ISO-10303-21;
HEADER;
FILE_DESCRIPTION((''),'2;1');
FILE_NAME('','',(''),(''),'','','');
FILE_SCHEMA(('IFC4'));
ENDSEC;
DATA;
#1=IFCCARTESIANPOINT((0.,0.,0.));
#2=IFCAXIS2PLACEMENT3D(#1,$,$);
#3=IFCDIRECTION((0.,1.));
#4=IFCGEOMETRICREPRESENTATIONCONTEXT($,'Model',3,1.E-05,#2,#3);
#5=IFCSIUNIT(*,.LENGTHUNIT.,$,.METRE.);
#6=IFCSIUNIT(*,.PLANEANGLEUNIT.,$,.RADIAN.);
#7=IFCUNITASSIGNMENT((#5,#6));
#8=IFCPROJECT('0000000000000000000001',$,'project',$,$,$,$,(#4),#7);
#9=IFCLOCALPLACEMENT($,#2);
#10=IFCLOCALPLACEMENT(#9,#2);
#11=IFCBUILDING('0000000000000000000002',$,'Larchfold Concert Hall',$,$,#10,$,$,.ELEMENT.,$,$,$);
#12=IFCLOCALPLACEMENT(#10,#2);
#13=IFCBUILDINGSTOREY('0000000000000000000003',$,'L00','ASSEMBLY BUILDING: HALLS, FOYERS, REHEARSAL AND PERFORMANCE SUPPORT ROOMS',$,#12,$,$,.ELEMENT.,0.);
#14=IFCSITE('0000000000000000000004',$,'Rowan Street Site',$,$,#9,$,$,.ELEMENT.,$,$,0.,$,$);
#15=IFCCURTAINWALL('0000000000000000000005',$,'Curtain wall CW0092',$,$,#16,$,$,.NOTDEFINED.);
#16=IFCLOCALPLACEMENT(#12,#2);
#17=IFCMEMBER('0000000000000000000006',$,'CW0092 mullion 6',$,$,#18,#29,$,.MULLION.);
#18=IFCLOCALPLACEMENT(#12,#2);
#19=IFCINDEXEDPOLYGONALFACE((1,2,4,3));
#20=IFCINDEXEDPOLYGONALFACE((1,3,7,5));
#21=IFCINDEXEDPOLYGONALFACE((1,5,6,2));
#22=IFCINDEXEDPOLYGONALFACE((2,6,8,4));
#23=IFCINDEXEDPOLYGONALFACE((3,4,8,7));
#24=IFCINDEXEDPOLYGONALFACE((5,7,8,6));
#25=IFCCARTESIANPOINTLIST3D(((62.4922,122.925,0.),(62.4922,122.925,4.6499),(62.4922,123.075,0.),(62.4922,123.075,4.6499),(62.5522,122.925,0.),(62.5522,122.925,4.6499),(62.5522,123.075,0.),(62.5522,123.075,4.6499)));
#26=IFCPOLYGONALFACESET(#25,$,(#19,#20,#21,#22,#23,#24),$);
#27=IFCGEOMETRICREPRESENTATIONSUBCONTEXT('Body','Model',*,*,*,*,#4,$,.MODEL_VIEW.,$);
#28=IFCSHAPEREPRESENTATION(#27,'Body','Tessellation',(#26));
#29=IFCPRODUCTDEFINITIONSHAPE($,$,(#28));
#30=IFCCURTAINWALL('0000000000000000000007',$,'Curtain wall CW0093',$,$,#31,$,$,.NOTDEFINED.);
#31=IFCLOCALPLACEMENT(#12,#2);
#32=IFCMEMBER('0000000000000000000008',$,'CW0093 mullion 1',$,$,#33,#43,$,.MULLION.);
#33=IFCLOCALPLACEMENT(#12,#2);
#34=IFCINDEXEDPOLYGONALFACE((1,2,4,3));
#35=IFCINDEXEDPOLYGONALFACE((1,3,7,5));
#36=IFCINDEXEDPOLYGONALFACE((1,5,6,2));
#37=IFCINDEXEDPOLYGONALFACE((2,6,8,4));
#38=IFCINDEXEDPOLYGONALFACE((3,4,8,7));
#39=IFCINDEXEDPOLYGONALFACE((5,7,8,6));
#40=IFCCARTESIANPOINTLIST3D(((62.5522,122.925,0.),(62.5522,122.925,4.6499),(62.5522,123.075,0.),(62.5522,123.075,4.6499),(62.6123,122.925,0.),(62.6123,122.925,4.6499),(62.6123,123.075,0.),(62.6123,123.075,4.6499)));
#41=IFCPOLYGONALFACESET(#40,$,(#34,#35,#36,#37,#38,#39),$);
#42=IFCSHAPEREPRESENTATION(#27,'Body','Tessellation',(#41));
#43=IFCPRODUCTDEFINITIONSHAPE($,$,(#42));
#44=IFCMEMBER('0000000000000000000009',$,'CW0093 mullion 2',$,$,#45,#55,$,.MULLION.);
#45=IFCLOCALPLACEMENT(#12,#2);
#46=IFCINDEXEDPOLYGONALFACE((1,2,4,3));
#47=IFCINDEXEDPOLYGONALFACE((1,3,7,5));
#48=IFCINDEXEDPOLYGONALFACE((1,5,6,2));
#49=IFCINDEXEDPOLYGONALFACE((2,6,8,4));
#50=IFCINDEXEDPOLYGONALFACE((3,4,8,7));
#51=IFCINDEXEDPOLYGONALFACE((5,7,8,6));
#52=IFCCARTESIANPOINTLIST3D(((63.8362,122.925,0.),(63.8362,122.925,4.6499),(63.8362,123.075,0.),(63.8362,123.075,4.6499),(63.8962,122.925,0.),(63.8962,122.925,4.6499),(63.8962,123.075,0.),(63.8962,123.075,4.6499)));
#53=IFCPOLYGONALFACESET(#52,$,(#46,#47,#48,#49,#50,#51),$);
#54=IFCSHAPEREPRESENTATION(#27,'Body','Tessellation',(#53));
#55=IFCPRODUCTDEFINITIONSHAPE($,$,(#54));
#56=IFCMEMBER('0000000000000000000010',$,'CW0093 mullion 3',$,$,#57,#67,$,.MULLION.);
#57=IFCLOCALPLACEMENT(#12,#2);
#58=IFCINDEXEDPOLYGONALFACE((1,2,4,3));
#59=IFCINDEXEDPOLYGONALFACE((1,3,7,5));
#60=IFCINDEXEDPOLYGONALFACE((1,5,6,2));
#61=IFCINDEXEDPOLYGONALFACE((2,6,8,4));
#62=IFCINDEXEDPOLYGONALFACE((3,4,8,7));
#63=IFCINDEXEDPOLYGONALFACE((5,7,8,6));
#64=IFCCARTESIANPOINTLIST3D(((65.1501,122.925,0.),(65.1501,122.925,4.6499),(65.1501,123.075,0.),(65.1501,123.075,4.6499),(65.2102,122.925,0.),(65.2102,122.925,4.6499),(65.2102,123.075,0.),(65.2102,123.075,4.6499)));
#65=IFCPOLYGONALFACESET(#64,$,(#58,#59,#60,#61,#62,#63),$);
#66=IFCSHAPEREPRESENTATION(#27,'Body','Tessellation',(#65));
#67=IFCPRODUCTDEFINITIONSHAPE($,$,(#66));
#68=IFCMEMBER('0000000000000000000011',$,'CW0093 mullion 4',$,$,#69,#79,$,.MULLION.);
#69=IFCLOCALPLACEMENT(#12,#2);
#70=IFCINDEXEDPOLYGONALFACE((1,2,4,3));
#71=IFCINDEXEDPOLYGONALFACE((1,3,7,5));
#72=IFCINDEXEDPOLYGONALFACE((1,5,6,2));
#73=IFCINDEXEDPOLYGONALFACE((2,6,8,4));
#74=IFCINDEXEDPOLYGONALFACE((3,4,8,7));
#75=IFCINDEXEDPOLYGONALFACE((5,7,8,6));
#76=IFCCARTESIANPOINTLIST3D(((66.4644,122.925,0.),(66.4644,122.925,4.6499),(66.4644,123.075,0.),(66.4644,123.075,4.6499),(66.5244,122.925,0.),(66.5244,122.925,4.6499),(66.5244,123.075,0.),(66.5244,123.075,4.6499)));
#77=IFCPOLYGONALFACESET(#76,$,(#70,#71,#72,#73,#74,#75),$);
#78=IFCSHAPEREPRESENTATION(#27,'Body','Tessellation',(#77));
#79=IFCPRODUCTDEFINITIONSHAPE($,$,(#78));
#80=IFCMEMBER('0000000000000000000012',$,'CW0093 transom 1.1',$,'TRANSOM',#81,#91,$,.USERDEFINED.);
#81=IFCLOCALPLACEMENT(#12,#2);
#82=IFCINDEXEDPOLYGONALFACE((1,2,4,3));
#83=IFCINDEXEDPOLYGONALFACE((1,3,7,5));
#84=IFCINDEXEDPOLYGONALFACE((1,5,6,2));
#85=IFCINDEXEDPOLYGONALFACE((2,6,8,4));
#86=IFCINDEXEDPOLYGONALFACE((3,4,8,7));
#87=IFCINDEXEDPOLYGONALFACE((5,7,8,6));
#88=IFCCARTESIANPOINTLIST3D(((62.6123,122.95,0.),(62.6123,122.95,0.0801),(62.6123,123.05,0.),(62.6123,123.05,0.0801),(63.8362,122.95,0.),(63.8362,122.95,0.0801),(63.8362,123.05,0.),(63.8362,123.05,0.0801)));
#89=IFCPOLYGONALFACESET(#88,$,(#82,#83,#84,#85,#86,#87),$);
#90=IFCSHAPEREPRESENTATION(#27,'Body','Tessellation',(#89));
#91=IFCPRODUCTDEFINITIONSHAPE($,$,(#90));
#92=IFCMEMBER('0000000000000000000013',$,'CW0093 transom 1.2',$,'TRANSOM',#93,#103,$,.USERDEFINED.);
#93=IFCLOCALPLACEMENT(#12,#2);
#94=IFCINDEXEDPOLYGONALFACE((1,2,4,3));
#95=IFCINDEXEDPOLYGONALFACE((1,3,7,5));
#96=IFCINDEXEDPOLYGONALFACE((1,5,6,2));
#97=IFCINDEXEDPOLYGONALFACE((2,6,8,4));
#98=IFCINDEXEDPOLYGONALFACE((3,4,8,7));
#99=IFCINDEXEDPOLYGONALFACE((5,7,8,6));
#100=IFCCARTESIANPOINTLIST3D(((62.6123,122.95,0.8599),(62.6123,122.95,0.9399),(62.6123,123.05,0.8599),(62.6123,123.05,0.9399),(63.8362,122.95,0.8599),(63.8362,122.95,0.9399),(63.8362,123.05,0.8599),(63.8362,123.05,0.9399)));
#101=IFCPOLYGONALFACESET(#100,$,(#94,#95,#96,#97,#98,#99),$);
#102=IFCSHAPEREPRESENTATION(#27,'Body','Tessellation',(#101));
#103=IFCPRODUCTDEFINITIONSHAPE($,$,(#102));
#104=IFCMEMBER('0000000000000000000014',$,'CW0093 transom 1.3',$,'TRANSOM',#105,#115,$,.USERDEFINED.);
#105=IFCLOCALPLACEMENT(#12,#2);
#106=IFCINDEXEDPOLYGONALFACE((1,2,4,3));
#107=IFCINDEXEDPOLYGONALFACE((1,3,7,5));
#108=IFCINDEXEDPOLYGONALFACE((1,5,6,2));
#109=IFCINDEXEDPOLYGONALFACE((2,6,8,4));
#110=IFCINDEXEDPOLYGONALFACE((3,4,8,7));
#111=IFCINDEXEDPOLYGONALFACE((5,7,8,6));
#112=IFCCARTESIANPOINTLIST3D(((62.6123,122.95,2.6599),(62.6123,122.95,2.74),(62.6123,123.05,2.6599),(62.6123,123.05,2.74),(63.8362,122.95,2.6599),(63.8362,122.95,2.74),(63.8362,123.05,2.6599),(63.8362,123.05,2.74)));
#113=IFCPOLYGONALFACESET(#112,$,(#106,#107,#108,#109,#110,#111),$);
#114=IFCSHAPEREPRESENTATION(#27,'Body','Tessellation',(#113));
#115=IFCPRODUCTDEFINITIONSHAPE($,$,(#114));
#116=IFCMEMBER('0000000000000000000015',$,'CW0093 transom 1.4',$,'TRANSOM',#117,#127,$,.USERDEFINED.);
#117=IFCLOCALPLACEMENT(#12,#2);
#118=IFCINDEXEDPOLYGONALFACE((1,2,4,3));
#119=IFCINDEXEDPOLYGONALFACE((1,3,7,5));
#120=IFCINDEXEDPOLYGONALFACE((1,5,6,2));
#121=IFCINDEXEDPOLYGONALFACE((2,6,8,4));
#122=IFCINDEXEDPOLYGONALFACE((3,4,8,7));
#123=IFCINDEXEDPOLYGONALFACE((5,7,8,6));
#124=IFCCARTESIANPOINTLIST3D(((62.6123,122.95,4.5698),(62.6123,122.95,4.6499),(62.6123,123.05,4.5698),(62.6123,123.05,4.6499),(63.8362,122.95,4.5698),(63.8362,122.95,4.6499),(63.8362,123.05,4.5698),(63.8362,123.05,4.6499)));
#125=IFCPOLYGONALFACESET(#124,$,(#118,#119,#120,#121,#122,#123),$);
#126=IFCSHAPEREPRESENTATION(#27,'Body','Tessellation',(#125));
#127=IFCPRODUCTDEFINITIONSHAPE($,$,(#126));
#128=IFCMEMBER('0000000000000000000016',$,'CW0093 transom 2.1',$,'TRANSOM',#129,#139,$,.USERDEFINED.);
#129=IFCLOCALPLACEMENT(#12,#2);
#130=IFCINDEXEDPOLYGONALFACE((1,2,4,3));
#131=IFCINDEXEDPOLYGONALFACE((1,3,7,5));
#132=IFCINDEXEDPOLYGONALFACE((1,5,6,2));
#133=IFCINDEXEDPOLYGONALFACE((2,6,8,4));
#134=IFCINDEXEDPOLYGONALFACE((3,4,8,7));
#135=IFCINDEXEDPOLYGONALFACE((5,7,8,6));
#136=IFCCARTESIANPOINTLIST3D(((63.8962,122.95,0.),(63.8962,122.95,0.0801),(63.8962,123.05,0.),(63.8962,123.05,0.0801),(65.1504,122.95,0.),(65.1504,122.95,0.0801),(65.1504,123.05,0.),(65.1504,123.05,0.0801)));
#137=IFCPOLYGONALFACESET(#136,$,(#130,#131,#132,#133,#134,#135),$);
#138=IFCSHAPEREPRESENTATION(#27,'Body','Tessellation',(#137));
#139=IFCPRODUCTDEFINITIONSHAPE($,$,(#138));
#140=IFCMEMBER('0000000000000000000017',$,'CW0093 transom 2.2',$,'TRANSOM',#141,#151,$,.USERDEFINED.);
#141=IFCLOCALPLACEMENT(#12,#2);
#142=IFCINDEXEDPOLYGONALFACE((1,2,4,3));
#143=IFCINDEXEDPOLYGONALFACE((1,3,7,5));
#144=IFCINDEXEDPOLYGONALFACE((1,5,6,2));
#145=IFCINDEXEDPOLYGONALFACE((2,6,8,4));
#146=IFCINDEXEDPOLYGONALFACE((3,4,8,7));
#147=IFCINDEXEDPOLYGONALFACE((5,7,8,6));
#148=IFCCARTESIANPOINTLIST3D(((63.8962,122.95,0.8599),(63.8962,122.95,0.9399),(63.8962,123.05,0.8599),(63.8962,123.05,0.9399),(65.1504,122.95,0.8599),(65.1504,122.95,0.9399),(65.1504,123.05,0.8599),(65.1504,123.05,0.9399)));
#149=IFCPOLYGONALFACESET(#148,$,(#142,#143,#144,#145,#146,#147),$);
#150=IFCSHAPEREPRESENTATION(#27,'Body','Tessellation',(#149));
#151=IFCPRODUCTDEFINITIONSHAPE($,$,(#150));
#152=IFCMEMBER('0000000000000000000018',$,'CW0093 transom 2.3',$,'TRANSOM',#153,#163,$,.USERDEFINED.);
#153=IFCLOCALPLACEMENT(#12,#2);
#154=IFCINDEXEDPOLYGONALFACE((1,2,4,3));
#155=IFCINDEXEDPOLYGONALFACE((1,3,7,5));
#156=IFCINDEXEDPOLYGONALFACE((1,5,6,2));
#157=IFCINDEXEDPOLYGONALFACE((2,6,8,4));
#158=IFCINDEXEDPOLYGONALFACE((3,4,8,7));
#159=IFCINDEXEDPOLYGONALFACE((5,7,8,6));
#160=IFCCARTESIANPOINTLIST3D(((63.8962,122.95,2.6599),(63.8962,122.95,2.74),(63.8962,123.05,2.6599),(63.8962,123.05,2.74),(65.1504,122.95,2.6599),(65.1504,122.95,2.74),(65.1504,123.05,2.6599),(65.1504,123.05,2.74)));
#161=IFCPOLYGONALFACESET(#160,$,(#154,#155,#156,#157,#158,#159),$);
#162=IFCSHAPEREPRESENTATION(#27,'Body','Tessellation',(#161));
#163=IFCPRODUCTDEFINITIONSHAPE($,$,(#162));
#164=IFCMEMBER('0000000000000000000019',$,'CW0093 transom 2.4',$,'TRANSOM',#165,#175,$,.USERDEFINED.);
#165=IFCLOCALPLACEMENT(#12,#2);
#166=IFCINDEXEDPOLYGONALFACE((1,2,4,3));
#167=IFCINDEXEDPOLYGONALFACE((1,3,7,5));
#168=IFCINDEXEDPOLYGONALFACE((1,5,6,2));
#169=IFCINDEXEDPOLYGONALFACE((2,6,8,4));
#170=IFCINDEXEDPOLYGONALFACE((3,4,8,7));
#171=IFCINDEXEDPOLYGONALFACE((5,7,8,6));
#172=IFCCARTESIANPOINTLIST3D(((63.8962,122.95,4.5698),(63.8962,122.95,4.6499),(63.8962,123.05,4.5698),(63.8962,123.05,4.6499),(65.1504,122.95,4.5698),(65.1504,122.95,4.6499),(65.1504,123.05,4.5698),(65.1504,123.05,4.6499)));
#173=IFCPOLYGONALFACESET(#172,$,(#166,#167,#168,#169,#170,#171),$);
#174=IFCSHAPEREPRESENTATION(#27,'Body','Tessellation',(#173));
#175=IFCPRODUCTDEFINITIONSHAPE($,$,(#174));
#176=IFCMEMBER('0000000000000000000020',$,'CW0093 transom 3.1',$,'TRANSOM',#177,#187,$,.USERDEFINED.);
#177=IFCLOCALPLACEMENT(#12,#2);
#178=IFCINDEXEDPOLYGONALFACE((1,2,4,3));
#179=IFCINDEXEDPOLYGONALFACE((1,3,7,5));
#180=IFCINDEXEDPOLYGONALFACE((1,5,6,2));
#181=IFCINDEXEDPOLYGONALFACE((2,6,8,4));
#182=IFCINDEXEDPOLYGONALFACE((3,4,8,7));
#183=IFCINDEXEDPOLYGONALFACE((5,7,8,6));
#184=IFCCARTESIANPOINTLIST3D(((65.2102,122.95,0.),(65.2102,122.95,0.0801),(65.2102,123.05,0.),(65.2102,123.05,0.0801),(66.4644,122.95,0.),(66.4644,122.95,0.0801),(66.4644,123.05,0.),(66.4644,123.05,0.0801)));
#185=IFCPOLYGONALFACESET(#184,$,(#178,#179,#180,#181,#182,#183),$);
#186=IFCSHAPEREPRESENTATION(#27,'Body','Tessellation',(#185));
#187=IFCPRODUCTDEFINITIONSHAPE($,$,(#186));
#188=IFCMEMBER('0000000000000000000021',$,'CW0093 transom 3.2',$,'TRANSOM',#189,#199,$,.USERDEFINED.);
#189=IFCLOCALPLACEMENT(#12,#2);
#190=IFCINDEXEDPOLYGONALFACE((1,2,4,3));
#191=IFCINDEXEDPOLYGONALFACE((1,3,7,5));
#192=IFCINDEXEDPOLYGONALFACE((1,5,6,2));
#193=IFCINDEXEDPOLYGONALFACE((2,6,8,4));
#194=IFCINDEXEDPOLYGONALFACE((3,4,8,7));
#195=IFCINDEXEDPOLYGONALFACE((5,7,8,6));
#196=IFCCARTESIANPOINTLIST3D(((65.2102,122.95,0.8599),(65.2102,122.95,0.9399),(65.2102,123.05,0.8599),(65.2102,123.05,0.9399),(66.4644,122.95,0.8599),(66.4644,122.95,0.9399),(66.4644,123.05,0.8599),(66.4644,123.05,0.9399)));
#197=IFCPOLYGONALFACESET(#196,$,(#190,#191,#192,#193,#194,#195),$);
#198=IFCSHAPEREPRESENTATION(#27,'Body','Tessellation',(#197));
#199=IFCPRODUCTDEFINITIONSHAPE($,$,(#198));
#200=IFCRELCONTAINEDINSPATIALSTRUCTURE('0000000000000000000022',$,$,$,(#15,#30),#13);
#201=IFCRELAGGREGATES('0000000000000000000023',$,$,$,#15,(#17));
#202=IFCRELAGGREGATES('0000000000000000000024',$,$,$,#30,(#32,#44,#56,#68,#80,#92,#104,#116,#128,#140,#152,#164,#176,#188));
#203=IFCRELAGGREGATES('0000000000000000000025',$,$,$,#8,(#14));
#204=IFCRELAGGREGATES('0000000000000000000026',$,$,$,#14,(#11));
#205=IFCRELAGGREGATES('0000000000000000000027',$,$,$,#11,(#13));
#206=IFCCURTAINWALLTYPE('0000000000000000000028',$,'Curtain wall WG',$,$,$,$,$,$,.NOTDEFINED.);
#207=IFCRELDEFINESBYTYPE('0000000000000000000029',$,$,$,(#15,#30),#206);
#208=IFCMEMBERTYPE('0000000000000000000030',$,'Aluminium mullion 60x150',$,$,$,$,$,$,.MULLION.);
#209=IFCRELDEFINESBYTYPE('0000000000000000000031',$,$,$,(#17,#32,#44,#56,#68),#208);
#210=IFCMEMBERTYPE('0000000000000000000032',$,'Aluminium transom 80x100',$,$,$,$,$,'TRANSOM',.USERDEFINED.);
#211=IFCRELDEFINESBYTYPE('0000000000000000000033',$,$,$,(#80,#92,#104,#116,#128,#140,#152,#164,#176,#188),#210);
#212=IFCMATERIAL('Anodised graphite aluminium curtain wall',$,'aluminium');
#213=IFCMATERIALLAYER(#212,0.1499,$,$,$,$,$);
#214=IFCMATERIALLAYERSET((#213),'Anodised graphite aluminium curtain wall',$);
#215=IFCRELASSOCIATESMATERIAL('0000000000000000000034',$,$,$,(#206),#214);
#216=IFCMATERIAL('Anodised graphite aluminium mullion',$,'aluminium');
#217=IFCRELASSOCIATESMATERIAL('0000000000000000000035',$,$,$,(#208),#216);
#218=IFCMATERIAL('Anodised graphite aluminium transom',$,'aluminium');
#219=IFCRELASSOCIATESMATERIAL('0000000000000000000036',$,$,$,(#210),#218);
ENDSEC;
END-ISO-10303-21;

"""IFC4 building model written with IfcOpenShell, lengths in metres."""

from ifc_helpers import new_model, si_unit, direction, frame, origin, origin_2d, place, context, subcontext, project, spatial, rectangle, extrude, material, layer, layer_set, material_profile, profile_set, type_object, element, aggregate, save


model = new_model("IFC4")

# Units and contexts
model_context = context("Model", 3, precision=1e-05, world=origin(), true_north=direction((0.0, 1.0)))
body_context = subcontext(model_context, "Body", "Model", "MODEL_VIEW")
ifc_project = project(units=[si_unit("LENGTHUNIT", "METRE"), si_unit("PLANEANGLEUNIT", "RADIAN")], contexts=[model_context])

# Site, building, storey
site_placement = place(None, origin())
site = spatial("IfcSite", under=ifc_project, at=site_placement, Name="Rowan Street Site", CompositionType="ELEMENT", RefElevation=0.0)
building_placement = place(site_placement, origin())
building = spatial("IfcBuilding", under=site, at=building_placement, Name="Larchfold Concert Hall", CompositionType="ELEMENT")
storey_placement = place(building_placement, origin())
storey = spatial("IfcBuildingStorey", under=building, at=storey_placement, Name="L00", Description="ASSEMBLY BUILDING: HALLS, FOYERS, REHEARSAL AND PERFORMANCE SUPPORT ROOMS", CompositionType="ELEMENT", Elevation=0.0)

# Curtain wall, member
ifc_material_1 = material(Name="Anodised graphite aluminium curtain wall", Category="aluminium")
ifc_layer_1 = layer(ifc_material_1, 0.1499)
ifc_layer_set_1 = layer_set([ifc_layer_1], Name="Anodised graphite aluminium curtain wall")
curtain_wall_type = type_object("IfcCurtainWallType", Name="Curtain wall WG", PredefinedType="NOTDEFINED", material=ifc_layer_set_1)
curtain_wall_1_placement = place(storey_placement, origin())
curtain_wall_1 = element("IfcCurtainWall", 1, at=curtain_wall_1_placement, inside=storey, type_object=curtain_wall_type, Name="Curtain wall CW0092", PredefinedType="NOTDEFINED")
ifc_material_2 = material(Name="Anodised graphite aluminium mullion", Category="aluminium")
ifc_material_profile_1 = material_profile(ifc_material_2, rectangle(XDim=0.1499, YDim=0.0601, at=origin_2d()))
ifc_profile_set_1 = profile_set([ifc_material_profile_1], Name="Anodised graphite aluminium mullion")
member_type_1 = type_object("IfcMemberType", Name="Aluminium mullion 60x150", PredefinedType="MULLION", material=ifc_profile_set_1)
member_1_placement = place(storey_placement, frame((62.5222, 123.0, 0.0), z_axis=(0.0, 0.0, 1.0), x_axis=(0.0, 1.0, 0.0)))
member_1 = element("IfcMember", 2, at=member_1_placement, type_object=member_type_1, Name="CW0092 mullion 6", PredefinedType="MULLION", context=body_context, shape_type="SweptSolid", body=[
    extrude(rectangle(XDim=0.1499, YDim=0.0601, at=origin_2d()), origin(), (0.0, 0.0, 1.0), 4.6499),
])
aggregate(curtain_wall_1, [member_1])

# Curtain wall, members
curtain_wall_2_placement = place(storey_placement, origin())
curtain_wall_2 = element("IfcCurtainWall", 3, at=curtain_wall_2_placement, inside=storey, type_object=curtain_wall_type, Name="Curtain wall CW0093", PredefinedType="NOTDEFINED")
member_2_placement = place(storey_placement, frame((62.5823, 123.0, 0.0), z_axis=(0.0, 0.0, 1.0), x_axis=(0.0, 1.0, 0.0)))
member_2 = element("IfcMember", 4, at=member_2_placement, type_object=member_type_1, Name="CW0093 mullion 1", PredefinedType="MULLION", context=body_context, shape_type="SweptSolid", body=[
    extrude(rectangle(XDim=0.1499, YDim=0.0601, at=origin_2d()), origin(), (0.0, 0.0, 1.0), 4.6499),
])
member_3_placement = place(storey_placement, frame((63.8662, 123.0, 0.0), z_axis=(0.0, 0.0, 1.0), x_axis=(0.0, 1.0, 0.0)))
member_3 = element("IfcMember", 5, at=member_3_placement, type_object=member_type_1, Name="CW0093 mullion 2", PredefinedType="MULLION", context=body_context, shape_type="SweptSolid", body=[
    extrude(rectangle(XDim=0.1499, YDim=0.0601, at=origin_2d()), origin(), (0.0, 0.0, 1.0), 4.6499),
])
member_4_placement = place(storey_placement, frame((65.1802, 123.0, 0.0), z_axis=(0.0, 0.0, 1.0), x_axis=(0.0, 1.0, 0.0)))
member_4 = element("IfcMember", 6, at=member_4_placement, type_object=member_type_1, Name="CW0093 mullion 3", PredefinedType="MULLION", context=body_context, shape_type="SweptSolid", body=[
    extrude(rectangle(XDim=0.1499, YDim=0.0601, at=origin_2d()), origin(), (0.0, 0.0, 1.0), 4.6499),
])
member_5_placement = place(storey_placement, frame((66.4944, 123.0, 0.0), z_axis=(0.0, 0.0, 1.0), x_axis=(0.0, 1.0, 0.0)))
member_5 = element("IfcMember", 7, at=member_5_placement, type_object=member_type_1, Name="CW0093 mullion 4", PredefinedType="MULLION", context=body_context, shape_type="SweptSolid", body=[
    extrude(rectangle(XDim=0.1499, YDim=0.0601, at=origin_2d()), origin(), (0.0, 0.0, 1.0), 4.6499),
])
ifc_material_3 = material(Name="Anodised graphite aluminium transom", Category="aluminium")
ifc_material_profile_2 = material_profile(ifc_material_3, rectangle(XDim=0.1001, YDim=0.0801, at=origin_2d()))
ifc_profile_set_2 = profile_set([ifc_material_profile_2], Name="Anodised graphite aluminium transom")
member_type_2 = type_object("IfcMemberType", Name="Aluminium transom 80x100", ElementType="TRANSOM", PredefinedType="USERDEFINED", material=ifc_profile_set_2)
member_6_placement = place(storey_placement, frame((62.6123, 123.0, 0.04), z_axis=(1.0, 0.0, 0.0), x_axis=(0.0, 1.0, 0.0)))
member_6 = element("IfcMember", 8, at=member_6_placement, type_object=member_type_2, Name="CW0093 transom 1.1", ObjectType="TRANSOM", PredefinedType="USERDEFINED", context=body_context, shape_type="SweptSolid", body=[
    extrude(rectangle(XDim=0.1001, YDim=0.0801, at=origin_2d()), origin(), (0.0, 0.0, 1.0), 1.2239),
])
member_7_placement = place(storey_placement, frame((62.6123, 123.0, 0.8999), z_axis=(1.0, 0.0, 0.0), x_axis=(0.0, 1.0, 0.0)))
member_7 = element("IfcMember", 9, at=member_7_placement, type_object=member_type_2, Name="CW0093 transom 1.2", ObjectType="TRANSOM", PredefinedType="USERDEFINED", context=body_context, shape_type="SweptSolid", body=[
    extrude(rectangle(XDim=0.1001, YDim=0.0801, at=origin_2d()), origin(), (0.0, 0.0, 1.0), 1.2239),
])
member_8_placement = place(storey_placement, frame((62.6123, 123.0, 2.7), z_axis=(1.0, 0.0, 0.0), x_axis=(0.0, 1.0, 0.0)))
member_8 = element("IfcMember", 10, at=member_8_placement, type_object=member_type_2, Name="CW0093 transom 1.3", ObjectType="TRANSOM", PredefinedType="USERDEFINED", context=body_context, shape_type="SweptSolid", body=[
    extrude(rectangle(XDim=0.1001, YDim=0.0801, at=origin_2d()), origin(), (0.0, 0.0, 1.0), 1.2239),
])
member_9_placement = place(storey_placement, frame((62.6123, 123.0, 4.6099), z_axis=(1.0, 0.0, 0.0), x_axis=(0.0, 1.0, 0.0)))
member_9 = element("IfcMember", 11, at=member_9_placement, type_object=member_type_2, Name="CW0093 transom 1.4", ObjectType="TRANSOM", PredefinedType="USERDEFINED", context=body_context, shape_type="SweptSolid", body=[
    extrude(rectangle(XDim=0.1001, YDim=0.0801, at=origin_2d()), origin(), (0.0, 0.0, 1.0), 1.2239),
])
member_10_placement = place(storey_placement, frame((63.8962, 123.0, 0.04), z_axis=(1.0, 0.0, 0.0), x_axis=(0.0, 1.0, 0.0)))
member_10 = element("IfcMember", 12, at=member_10_placement, type_object=member_type_2, Name="CW0093 transom 2.1", ObjectType="TRANSOM", PredefinedType="USERDEFINED", context=body_context, shape_type="SweptSolid", body=[
    extrude(rectangle(XDim=0.1001, YDim=0.0801, at=origin_2d()), origin(), (0.0, 0.0, 1.0), 1.2542),
])
member_11_placement = place(storey_placement, frame((63.8962, 123.0, 0.8999), z_axis=(1.0, 0.0, 0.0), x_axis=(0.0, 1.0, 0.0)))
member_11 = element("IfcMember", 13, at=member_11_placement, type_object=member_type_2, Name="CW0093 transom 2.2", ObjectType="TRANSOM", PredefinedType="USERDEFINED", context=body_context, shape_type="SweptSolid", body=[
    extrude(rectangle(XDim=0.1001, YDim=0.0801, at=origin_2d()), origin(), (0.0, 0.0, 1.0), 1.2542),
])
member_12_placement = place(storey_placement, frame((63.8962, 123.0, 2.7), z_axis=(1.0, 0.0, 0.0), x_axis=(0.0, 1.0, 0.0)))
member_12 = element("IfcMember", 14, at=member_12_placement, type_object=member_type_2, Name="CW0093 transom 2.3", ObjectType="TRANSOM", PredefinedType="USERDEFINED", context=body_context, shape_type="SweptSolid", body=[
    extrude(rectangle(XDim=0.1001, YDim=0.0801, at=origin_2d()), origin(), (0.0, 0.0, 1.0), 1.2542),
])
member_13_placement = place(storey_placement, frame((63.8962, 123.0, 4.6099), z_axis=(1.0, 0.0, 0.0), x_axis=(0.0, 1.0, 0.0)))
member_13 = element("IfcMember", 15, at=member_13_placement, type_object=member_type_2, Name="CW0093 transom 2.4", ObjectType="TRANSOM", PredefinedType="USERDEFINED", context=body_context, shape_type="SweptSolid", body=[
    extrude(rectangle(XDim=0.1001, YDim=0.0801, at=origin_2d()), origin(), (0.0, 0.0, 1.0), 1.2542),
])
member_14_placement = place(storey_placement, frame((65.2102, 123.0, 0.04), z_axis=(1.0, 0.0, 0.0), x_axis=(0.0, 1.0, 0.0)))
member_14 = element("IfcMember", 16, at=member_14_placement, type_object=member_type_2, Name="CW0093 transom 3.1", ObjectType="TRANSOM", PredefinedType="USERDEFINED", context=body_context, shape_type="SweptSolid", body=[
    extrude(rectangle(XDim=0.1001, YDim=0.0801, at=origin_2d()), origin(), (0.0, 0.0, 1.0), 1.2542),
])
member_15_placement = place(storey_placement, frame((65.2102, 123.0, 0.8999), z_axis=(1.0, 0.0, 0.0), x_axis=(0.0, 1.0, 0.0)))
member_15 = element("IfcMember", 17, at=member_15_placement, type_object=member_type_2, Name="CW0093 transom 3.2", ObjectType="TRANSOM", PredefinedType="USERDEFINED", context=body_context, shape_type="SweptSolid", body=[
    extrude(rectangle(XDim=0.1001, YDim=0.0801, at=origin_2d()), origin(), (0.0, 0.0, 1.0), 1.2542),
])
aggregate(curtain_wall_2, [member_2, member_3, member_4, member_5, member_6, member_7, member_8, member_9, member_10, member_11, member_12, member_13, member_14, member_15])

save(model, "model.ifc")
